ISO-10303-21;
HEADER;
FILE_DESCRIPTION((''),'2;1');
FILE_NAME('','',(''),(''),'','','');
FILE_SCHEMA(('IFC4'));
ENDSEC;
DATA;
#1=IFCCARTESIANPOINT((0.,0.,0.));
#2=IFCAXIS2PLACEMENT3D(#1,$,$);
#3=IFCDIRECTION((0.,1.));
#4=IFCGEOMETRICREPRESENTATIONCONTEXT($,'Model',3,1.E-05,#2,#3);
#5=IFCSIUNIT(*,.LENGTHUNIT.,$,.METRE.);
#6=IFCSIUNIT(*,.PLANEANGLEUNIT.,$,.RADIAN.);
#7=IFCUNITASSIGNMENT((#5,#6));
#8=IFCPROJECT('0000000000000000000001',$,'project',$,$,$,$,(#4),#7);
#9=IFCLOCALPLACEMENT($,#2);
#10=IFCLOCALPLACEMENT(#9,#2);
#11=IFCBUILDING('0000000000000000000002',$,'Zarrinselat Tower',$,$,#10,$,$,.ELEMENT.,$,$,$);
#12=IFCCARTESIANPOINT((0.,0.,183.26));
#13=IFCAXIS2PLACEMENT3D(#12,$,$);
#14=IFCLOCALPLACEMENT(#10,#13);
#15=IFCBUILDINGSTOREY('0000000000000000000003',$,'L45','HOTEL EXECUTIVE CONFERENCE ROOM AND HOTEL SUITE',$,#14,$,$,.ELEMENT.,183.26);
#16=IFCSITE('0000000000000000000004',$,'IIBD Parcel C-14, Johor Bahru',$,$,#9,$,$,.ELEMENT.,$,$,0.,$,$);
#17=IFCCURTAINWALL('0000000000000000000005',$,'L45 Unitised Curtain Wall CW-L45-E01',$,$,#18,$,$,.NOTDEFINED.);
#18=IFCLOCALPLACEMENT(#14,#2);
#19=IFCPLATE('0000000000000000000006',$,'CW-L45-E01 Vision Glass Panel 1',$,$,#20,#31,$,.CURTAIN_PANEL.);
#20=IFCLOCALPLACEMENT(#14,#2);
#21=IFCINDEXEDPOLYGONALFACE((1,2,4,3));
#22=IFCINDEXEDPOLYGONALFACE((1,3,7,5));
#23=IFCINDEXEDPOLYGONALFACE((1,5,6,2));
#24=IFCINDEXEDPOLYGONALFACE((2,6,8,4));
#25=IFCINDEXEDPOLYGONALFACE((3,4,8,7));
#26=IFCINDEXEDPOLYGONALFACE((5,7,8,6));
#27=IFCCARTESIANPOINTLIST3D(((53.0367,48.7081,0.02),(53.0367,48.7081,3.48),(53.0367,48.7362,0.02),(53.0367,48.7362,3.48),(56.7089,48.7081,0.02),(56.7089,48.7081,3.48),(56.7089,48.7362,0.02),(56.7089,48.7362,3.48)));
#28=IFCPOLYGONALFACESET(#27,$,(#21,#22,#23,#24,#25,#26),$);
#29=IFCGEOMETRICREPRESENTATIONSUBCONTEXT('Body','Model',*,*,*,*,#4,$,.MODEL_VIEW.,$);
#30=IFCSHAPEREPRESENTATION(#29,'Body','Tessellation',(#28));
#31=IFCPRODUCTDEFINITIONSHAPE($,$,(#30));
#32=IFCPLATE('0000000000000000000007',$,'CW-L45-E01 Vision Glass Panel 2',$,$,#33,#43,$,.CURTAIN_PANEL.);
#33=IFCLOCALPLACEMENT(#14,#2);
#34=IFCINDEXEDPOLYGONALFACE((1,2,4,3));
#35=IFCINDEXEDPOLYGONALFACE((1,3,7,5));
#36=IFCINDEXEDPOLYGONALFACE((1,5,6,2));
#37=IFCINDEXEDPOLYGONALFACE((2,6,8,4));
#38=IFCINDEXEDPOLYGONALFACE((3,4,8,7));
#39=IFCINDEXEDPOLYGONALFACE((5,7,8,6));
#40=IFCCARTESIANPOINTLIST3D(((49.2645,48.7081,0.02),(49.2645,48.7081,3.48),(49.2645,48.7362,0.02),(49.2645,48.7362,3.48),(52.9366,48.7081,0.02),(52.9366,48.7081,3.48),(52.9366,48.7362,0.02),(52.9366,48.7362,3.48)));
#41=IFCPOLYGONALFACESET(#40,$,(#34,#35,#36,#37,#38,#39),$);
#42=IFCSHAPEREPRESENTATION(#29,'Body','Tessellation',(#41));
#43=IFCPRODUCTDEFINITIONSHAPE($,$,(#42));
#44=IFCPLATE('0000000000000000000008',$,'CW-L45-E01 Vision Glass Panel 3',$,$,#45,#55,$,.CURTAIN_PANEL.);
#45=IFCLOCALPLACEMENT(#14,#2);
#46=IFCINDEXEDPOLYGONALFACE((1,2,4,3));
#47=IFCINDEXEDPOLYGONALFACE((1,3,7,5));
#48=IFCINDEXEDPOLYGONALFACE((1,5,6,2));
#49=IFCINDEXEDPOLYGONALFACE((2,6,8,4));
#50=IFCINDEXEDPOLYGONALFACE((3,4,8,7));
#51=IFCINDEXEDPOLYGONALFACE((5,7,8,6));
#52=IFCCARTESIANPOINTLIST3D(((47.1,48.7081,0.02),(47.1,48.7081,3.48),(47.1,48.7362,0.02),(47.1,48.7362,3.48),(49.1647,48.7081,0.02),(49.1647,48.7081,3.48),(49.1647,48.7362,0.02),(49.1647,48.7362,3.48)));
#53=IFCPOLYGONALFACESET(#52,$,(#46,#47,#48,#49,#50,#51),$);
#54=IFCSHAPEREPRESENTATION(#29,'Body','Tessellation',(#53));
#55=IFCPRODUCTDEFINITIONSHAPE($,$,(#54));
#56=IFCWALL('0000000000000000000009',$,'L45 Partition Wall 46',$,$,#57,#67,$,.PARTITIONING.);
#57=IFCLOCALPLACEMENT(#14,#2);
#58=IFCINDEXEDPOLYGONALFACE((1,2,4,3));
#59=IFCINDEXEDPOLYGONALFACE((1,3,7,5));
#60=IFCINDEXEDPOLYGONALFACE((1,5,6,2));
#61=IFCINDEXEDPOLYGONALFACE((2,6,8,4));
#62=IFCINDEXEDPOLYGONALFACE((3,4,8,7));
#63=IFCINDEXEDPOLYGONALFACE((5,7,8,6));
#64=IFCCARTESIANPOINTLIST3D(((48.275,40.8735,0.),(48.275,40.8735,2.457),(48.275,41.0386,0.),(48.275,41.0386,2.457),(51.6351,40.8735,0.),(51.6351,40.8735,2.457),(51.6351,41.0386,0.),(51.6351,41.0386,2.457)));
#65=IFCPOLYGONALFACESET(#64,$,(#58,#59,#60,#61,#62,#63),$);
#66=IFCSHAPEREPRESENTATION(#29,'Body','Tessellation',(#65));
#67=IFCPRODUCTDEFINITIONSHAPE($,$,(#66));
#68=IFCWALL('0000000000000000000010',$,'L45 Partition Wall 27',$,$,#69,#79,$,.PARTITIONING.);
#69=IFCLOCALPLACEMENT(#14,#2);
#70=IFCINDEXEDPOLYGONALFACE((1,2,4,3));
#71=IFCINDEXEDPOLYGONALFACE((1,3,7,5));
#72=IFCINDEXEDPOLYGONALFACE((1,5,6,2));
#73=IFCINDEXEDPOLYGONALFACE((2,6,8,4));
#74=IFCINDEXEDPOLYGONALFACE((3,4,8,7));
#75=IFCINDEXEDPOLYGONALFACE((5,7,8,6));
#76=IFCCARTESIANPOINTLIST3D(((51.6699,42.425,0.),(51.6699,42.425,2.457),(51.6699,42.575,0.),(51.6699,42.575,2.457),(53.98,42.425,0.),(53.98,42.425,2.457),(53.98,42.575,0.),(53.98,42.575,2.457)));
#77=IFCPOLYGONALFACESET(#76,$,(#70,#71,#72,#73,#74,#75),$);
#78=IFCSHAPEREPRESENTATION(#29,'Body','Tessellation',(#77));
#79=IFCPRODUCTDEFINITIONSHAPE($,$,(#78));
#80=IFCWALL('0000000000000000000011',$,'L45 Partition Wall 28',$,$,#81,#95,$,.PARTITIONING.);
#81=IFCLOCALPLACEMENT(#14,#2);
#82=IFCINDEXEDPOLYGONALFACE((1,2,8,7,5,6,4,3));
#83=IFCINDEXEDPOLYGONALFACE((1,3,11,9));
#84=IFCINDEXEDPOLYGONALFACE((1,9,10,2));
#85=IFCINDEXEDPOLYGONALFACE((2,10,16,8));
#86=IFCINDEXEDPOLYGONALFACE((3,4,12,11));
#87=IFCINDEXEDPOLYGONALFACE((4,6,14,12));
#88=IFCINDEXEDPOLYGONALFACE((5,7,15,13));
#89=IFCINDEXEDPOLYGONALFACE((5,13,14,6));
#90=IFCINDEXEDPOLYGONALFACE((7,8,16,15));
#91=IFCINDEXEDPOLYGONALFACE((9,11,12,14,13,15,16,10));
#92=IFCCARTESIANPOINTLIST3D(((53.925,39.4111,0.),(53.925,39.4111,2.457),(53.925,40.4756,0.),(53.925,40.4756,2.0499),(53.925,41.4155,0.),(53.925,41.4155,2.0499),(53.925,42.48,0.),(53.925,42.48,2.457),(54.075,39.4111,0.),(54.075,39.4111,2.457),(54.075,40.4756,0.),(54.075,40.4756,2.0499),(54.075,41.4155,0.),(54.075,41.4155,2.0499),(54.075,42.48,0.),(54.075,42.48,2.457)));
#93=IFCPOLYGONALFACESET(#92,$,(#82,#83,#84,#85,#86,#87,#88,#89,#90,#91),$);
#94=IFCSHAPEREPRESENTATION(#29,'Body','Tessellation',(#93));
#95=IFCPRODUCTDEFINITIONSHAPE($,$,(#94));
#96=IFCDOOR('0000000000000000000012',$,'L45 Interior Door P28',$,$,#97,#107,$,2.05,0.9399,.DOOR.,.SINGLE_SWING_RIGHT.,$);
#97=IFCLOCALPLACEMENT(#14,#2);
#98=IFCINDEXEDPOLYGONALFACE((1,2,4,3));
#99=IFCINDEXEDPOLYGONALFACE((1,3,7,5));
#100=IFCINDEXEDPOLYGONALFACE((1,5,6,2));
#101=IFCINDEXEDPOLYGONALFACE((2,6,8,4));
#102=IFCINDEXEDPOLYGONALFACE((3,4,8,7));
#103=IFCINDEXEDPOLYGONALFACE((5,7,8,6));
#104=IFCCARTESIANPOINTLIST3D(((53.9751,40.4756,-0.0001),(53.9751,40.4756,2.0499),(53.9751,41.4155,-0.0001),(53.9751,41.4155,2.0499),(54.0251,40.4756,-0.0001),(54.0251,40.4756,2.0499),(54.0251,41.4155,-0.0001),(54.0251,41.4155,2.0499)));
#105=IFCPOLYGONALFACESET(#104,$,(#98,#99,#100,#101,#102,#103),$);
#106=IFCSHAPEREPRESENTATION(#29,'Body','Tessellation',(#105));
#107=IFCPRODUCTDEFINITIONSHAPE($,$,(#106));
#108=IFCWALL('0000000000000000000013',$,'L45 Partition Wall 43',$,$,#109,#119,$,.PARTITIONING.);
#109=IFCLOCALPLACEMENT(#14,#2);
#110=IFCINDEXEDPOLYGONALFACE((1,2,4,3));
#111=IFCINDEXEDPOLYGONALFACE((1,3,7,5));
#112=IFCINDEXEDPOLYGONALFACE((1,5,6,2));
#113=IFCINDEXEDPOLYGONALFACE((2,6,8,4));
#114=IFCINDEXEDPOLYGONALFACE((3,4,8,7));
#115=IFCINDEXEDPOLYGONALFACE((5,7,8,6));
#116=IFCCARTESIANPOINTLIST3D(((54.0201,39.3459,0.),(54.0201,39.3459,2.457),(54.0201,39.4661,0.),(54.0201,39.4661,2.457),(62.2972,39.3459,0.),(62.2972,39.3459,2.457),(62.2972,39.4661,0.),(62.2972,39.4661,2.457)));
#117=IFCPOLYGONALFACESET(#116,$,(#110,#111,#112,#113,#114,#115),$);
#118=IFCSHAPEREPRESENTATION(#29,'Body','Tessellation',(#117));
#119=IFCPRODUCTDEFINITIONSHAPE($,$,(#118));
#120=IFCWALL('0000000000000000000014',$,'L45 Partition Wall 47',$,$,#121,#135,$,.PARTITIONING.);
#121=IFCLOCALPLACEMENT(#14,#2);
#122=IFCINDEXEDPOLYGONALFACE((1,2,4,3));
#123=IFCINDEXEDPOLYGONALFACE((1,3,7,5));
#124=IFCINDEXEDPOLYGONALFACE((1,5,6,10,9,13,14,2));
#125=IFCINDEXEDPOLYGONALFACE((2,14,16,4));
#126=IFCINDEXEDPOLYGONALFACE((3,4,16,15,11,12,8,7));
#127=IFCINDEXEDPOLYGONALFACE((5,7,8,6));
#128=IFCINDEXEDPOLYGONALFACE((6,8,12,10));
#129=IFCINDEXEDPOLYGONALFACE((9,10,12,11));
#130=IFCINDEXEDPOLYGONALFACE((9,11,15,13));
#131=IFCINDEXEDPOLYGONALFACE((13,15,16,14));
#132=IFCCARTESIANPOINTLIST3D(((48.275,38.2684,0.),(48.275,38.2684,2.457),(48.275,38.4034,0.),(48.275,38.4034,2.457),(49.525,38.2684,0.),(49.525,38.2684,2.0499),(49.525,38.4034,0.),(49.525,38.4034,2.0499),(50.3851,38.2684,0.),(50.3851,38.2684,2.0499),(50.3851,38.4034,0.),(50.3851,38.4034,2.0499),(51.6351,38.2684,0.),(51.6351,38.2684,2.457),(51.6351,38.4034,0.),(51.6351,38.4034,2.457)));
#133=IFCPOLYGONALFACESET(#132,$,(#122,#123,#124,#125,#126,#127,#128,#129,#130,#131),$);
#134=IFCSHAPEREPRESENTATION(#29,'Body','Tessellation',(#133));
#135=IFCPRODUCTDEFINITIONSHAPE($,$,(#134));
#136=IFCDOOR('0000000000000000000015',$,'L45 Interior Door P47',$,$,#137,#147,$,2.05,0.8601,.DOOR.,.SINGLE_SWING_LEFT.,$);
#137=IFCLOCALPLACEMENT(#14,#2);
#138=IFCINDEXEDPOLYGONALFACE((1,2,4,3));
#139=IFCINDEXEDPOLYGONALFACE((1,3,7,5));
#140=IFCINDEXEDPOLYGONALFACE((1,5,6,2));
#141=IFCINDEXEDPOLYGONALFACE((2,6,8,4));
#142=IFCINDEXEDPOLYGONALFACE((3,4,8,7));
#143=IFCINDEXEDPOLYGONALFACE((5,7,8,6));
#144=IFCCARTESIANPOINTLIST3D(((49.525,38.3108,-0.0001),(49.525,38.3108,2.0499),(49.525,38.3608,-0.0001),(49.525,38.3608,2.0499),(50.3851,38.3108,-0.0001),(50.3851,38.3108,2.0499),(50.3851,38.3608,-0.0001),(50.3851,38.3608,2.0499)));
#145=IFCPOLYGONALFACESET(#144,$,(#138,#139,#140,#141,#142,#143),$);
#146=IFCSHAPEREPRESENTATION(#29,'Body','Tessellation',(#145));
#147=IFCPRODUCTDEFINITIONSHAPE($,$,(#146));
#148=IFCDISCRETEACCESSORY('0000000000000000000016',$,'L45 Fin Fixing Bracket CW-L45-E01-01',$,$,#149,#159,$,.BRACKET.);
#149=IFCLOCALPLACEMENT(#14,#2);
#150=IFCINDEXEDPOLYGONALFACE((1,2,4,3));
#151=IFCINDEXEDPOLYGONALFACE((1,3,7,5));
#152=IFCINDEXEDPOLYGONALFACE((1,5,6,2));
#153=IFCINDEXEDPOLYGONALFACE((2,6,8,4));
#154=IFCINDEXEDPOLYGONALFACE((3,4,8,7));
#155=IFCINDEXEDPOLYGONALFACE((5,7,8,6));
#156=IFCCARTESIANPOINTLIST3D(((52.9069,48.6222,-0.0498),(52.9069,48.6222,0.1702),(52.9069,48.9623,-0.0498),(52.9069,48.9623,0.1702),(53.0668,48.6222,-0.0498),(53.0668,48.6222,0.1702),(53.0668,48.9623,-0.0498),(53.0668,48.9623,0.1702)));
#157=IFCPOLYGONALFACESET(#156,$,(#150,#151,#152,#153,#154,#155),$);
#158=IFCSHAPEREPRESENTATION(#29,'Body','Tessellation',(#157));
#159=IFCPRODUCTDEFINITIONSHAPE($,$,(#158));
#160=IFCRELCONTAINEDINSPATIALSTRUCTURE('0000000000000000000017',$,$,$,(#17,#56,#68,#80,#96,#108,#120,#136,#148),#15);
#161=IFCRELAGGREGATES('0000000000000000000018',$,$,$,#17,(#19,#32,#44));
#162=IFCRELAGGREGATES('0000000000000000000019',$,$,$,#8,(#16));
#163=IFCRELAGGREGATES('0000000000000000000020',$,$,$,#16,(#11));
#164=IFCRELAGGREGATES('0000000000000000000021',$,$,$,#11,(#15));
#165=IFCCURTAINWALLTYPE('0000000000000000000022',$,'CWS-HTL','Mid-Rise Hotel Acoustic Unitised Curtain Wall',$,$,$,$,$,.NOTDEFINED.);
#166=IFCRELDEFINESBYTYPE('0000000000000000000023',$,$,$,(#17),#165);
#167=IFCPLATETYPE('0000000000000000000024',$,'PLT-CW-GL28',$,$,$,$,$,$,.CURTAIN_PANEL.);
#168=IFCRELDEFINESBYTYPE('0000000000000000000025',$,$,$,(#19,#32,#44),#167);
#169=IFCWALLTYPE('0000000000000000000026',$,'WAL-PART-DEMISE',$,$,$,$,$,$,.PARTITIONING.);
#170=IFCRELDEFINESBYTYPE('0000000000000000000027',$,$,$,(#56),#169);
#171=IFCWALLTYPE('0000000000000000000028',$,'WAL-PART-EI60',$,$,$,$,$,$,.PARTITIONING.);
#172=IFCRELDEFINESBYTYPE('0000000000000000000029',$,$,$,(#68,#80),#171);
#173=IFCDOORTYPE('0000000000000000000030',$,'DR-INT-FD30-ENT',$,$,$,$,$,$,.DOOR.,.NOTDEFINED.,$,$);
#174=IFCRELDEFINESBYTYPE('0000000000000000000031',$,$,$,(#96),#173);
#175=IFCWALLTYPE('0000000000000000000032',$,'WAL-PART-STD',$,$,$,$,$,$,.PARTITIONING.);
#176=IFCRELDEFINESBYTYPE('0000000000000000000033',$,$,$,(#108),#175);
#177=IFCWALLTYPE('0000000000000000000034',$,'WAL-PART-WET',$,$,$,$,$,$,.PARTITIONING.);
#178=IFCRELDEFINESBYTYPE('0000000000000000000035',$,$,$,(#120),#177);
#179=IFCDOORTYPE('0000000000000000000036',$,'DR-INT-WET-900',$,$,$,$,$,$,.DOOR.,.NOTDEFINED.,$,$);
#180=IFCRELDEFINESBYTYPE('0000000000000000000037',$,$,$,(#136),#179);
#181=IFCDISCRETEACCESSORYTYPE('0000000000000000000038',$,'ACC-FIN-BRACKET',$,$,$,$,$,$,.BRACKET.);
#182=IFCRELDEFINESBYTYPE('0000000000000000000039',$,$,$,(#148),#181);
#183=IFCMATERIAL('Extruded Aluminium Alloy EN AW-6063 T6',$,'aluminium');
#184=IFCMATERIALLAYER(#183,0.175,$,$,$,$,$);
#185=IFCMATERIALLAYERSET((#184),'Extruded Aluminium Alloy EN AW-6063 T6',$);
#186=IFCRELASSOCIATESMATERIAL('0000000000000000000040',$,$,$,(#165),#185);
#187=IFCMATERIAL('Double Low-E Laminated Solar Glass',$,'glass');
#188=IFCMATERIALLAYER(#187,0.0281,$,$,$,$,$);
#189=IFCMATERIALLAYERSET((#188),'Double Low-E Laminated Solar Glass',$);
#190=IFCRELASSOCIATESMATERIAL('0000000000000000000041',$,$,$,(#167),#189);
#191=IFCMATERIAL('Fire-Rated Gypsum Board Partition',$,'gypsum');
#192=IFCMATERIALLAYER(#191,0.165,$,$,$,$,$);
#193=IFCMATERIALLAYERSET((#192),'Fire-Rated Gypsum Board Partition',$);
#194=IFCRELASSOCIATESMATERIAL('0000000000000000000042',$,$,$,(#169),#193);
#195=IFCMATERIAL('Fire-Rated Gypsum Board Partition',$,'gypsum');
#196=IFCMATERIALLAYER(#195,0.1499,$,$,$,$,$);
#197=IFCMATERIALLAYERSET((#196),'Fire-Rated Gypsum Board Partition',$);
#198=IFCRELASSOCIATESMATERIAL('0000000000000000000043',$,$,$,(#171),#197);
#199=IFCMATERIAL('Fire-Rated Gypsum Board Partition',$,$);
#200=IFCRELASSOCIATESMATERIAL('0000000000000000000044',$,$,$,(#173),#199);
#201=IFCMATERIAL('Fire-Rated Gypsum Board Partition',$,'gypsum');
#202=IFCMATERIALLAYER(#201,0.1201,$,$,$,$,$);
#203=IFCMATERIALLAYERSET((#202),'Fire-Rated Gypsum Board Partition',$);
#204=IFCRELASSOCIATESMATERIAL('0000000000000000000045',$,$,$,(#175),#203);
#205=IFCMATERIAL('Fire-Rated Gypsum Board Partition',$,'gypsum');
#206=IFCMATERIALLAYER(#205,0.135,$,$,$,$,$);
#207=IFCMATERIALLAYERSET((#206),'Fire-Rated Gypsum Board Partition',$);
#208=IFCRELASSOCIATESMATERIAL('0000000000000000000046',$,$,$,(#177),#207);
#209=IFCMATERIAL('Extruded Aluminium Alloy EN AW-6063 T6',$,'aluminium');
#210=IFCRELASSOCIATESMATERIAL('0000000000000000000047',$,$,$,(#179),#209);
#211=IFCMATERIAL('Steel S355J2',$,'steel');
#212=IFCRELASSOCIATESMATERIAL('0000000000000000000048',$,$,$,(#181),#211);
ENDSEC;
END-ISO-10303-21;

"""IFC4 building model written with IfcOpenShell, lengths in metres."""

from ifc_helpers import new_model, si_unit, direction, frame, frame_2d, origin, origin_2d, place, context, subcontext, project, spatial, rectangle, extrude, material, layer, layer_set, type_object, element, fill, aggregate, save


model = new_model("IFC4")

# Units and contexts
model_context = context("Model", 3, precision=1e-05, world=origin(), true_north=direction((0.0, 1.0)))
body_context = subcontext(model_context, "Body", "Model", "MODEL_VIEW")
ifc_project = project(units=[si_unit("LENGTHUNIT", "METRE"), si_unit("PLANEANGLEUNIT", "RADIAN")], contexts=[model_context])

# Site, building, storey
site_placement = place(None, origin())
site = spatial("IfcSite", under=ifc_project, at=site_placement, Name="IIBD Parcel C-14, Johor Bahru", CompositionType="ELEMENT", RefElevation=0.0)
building_placement = place(site_placement, origin())
building = spatial("IfcBuilding", under=site, at=building_placement, Name="Zarrinselat Tower", CompositionType="ELEMENT")
storey_placement = place(building_placement, frame((0.0, 0.0, 183.26)))
storey = spatial("IfcBuildingStorey", under=building, at=storey_placement, Name="L45", Description="HOTEL EXECUTIVE CONFERENCE ROOM AND HOTEL SUITE", CompositionType="ELEMENT", Elevation=183.26)

# Curtain wall, plates
ifc_material_1 = material(Name="Extruded Aluminium Alloy EN AW-6063 T6", Category="aluminium")
ifc_layer_1 = layer(ifc_material_1, 0.175)
ifc_layer_set_1 = layer_set([ifc_layer_1], Name="Extruded Aluminium Alloy EN AW-6063 T6")
curtain_wall_type = type_object("IfcCurtainWallType", Name="CWS-HTL", Description="Mid-Rise Hotel Acoustic Unitised Curtain Wall", PredefinedType="NOTDEFINED", material=ifc_layer_set_1)
curtain_wall_placement = place(storey_placement, origin())
curtain_wall = element("IfcCurtainWall", 1, at=curtain_wall_placement, inside=storey, type_object=curtain_wall_type, Name="L45 Unitised Curtain Wall CW-L45-E01", PredefinedType="NOTDEFINED")
ifc_material_2 = material(Name="Double Low-E Laminated Solar Glass", Category="glass")
ifc_layer_2 = layer(ifc_material_2, 0.0281)
ifc_layer_set_2 = layer_set([ifc_layer_2], Name="Double Low-E Laminated Solar Glass")
plate_type = type_object("IfcPlateType", Name="PLT-CW-GL28", PredefinedType="CURTAIN_PANEL", material=ifc_layer_set_2)
plate_1_placement = place(storey_placement, frame((54.8728, 48.7222, 0.02), z_axis=(0.0, 0.0, 1.0), x_axis=(-1.0, 0.0, 0.0)))
plate_1 = element("IfcPlate", 2, at=plate_1_placement, type_object=plate_type, Name="CW-L45-E01 Vision Glass Panel 1", PredefinedType="CURTAIN_PANEL", context=body_context, shape_type="SweptSolid", body=[
    extrude(rectangle(XDim=3.6721, YDim=0.0281, at=origin_2d()), origin(), (0.0, 0.0, 1.0), 3.46),
])
plate_2_placement = place(storey_placement, frame((51.1006, 48.7222, 0.02), z_axis=(0.0, 0.0, 1.0), x_axis=(-1.0, 0.0, 0.0)))
plate_2 = element("IfcPlate", 3, at=plate_2_placement, type_object=plate_type, Name="CW-L45-E01 Vision Glass Panel 2", PredefinedType="CURTAIN_PANEL", context=body_context, shape_type="SweptSolid", body=[
    extrude(rectangle(XDim=3.6721, YDim=0.0281, at=origin_2d()), origin(), (0.0, 0.0, 1.0), 3.46),
])
plate_3_placement = place(storey_placement, frame((48.1323, 48.7222, 0.02), z_axis=(0.0, 0.0, 1.0), x_axis=(-1.0, 0.0, 0.0)))
plate_3 = element("IfcPlate", 4, at=plate_3_placement, type_object=plate_type, Name="CW-L45-E01 Vision Glass Panel 3", PredefinedType="CURTAIN_PANEL", context=body_context, shape_type="SweptSolid", body=[
    extrude(rectangle(XDim=2.0647, YDim=0.0281, at=origin_2d()), origin(), (0.0, 0.0, 1.0), 3.46),
])
aggregate(curtain_wall, [plate_1, plate_2, plate_3])

# Walls
ifc_material_3 = material(Name="Fire-Rated Gypsum Board Partition", Category="gypsum")
ifc_layer_3 = layer(ifc_material_3, 0.165)
ifc_layer_set_3 = layer_set([ifc_layer_3], Name="Fire-Rated Gypsum Board Partition")
wall_type_1 = type_object("IfcWallType", Name="WAL-PART-DEMISE", PredefinedType="PARTITIONING", material=ifc_layer_set_3)
wall_1_placement = place(storey_placement, frame((48.2749, 40.9561, 0.0), z_axis=(0.0, 0.0, 1.0), x_axis=(1.0, 0.0, 0.0)))
element("IfcWall", 5, at=wall_1_placement, inside=storey, type_object=wall_type_1, Name="L45 Partition Wall 46", PredefinedType="PARTITIONING", context=body_context, shape_type="SweptSolid", body=[
    extrude(rectangle(XDim=3.3601, YDim=0.165, at=frame_2d((1.6802, 0.0))), origin(), (0.0, 0.0, 1.0), 2.457),
])
ifc_material_4 = material(Name="Fire-Rated Gypsum Board Partition", Category="gypsum")
ifc_layer_4 = layer(ifc_material_4, 0.1499)
ifc_layer_set_4 = layer_set([ifc_layer_4], Name="Fire-Rated Gypsum Board Partition")
wall_type_2 = type_object("IfcWallType", Name="WAL-PART-EI60", PredefinedType="PARTITIONING", material=ifc_layer_set_4)
wall_2_placement = place(storey_placement, frame((51.6699, 42.5, 0.0), z_axis=(0.0, 0.0, 1.0), x_axis=(1.0, 0.0, 0.0)))
element("IfcWall", 6, at=wall_2_placement, inside=storey, type_object=wall_type_2, Name="L45 Partition Wall 27", PredefinedType="PARTITIONING", context=body_context, shape_type="SweptSolid", body=[
    extrude(rectangle(XDim=2.3101, YDim=0.1499, at=frame_2d((1.155, 0.0))), origin(), (0.0, 0.0, 1.0), 2.457),
])

# Wall, opening, door
wall_3_placement = place(storey_placement, frame((54.0, 39.4111, 0.0), z_axis=(0.0, 0.0, 1.0), x_axis=(0.0, 1.0, 0.0)))
wall_3 = element("IfcWall", 7, at=wall_3_placement, inside=storey, type_object=wall_type_2, Name="L45 Partition Wall 28", PredefinedType="PARTITIONING", context=body_context, shape_type="SweptSolid", body=[
    extrude(rectangle(XDim=3.0688, YDim=0.1499, at=frame_2d((1.5344, 0.0))), origin(), (0.0, 0.0, 1.0), 2.457),
])
opening_1_placement = place(wall_3_placement, frame((1.0645, 0.0, 0.0)))
opening_1 = element("IfcOpeningElement", 8, at=opening_1_placement, cuts=wall_3, PredefinedType="OPENING", context=body_context, shape_type="SweptSolid", body=[
    extrude(rectangle(XDim=0.9399, YDim=2.05, at=frame_2d((0.47, 1.0249))), frame((0.0, 0.085, 0.0), z_axis=(0.0, -1.0, 0.0), x_axis=(1.0, 0.0, 0.0)), (0.0, 0.0, 1.0), 0.1699),
])
ifc_material_5 = material(Name="Fire-Rated Gypsum Board Partition")
door_type_1 = type_object("IfcDoorType", Name="DR-INT-FD30-ENT", OperationType="NOTDEFINED", PredefinedType="DOOR", material=ifc_material_5)
door_1_placement = place(opening_1_placement, origin())
door_1 = element("IfcDoor", 9, at=door_1_placement, inside=storey, type_object=door_type_1, Name="L45 Interior Door P28", OperationType="SINGLE_SWING_RIGHT", OverallHeight=2.05, OverallWidth=0.9399, PredefinedType="DOOR", context=body_context, shape_type="SweptSolid", body=[
    extrude(rectangle(XDim=0.9399, YDim=2.05, at=frame_2d((0.47, 1.0249))), frame((0.0, 0.0249, 0.0), z_axis=(0.0, -1.0, 0.0), x_axis=(1.0, 0.0, 0.0)), (0.0, 0.0, 1.0), 0.05),
])
fill(opening_1, door_1)

# Wall
ifc_material_6 = material(Name="Fire-Rated Gypsum Board Partition", Category="gypsum")
ifc_layer_5 = layer(ifc_material_6, 0.1201)
ifc_layer_set_5 = layer_set([ifc_layer_5], Name="Fire-Rated Gypsum Board Partition")
wall_type_3 = type_object("IfcWallType", Name="WAL-PART-STD", PredefinedType="PARTITIONING", material=ifc_layer_set_5)
wall_4_placement = place(storey_placement, frame((54.02, 39.406, 0.0), z_axis=(0.0, 0.0, 1.0), x_axis=(1.0, 0.0, 0.0)))
element("IfcWall", 10, at=wall_4_placement, inside=storey, type_object=wall_type_3, Name="L45 Partition Wall 43", PredefinedType="PARTITIONING", context=body_context, shape_type="SweptSolid", body=[
    extrude(rectangle(XDim=8.2771, YDim=0.1201, at=frame_2d((4.1387, 0.0))), origin(), (0.0, 0.0, 1.0), 2.457),
])

# Wall, opening, door
ifc_material_7 = material(Name="Fire-Rated Gypsum Board Partition", Category="gypsum")
ifc_layer_6 = layer(ifc_material_7, 0.135)
ifc_layer_set_6 = layer_set([ifc_layer_6], Name="Fire-Rated Gypsum Board Partition")
wall_type_4 = type_object("IfcWallType", Name="WAL-PART-WET", PredefinedType="PARTITIONING", material=ifc_layer_set_6)
wall_5_placement = place(storey_placement, frame((48.2749, 38.3359, 0.0), z_axis=(0.0, 0.0, 1.0), x_axis=(1.0, 0.0, 0.0)))
wall_5 = element("IfcWall", 11, at=wall_5_placement, inside=storey, type_object=wall_type_4, Name="L45 Partition Wall 47", PredefinedType="PARTITIONING", context=body_context, shape_type="SweptSolid", body=[
    extrude(rectangle(XDim=3.3601, YDim=0.135, at=frame_2d((1.6802, 0.0))), origin(), (0.0, 0.0, 1.0), 2.457),
])
opening_2_placement = place(wall_5_placement, frame((1.25, 0.0, 0.0)))
opening_2 = element("IfcOpeningElement", 12, at=opening_2_placement, cuts=wall_5, PredefinedType="OPENING", context=body_context, shape_type="SweptSolid", body=[
    extrude(rectangle(XDim=0.8601, YDim=2.05, at=frame_2d((0.4302, 1.0249))), frame((0.0, 0.0774, 0.0), z_axis=(0.0, -1.0, 0.0), x_axis=(1.0, 0.0, 0.0)), (0.0, 0.0, 1.0), 0.155),
])
ifc_material_8 = material(Name="Extruded Aluminium Alloy EN AW-6063 T6", Category="aluminium")
door_type_2 = type_object("IfcDoorType", Name="DR-INT-WET-900", OperationType="NOTDEFINED", PredefinedType="DOOR", material=ifc_material_8)
door_2_placement = place(opening_2_placement, origin())
door_2 = element("IfcDoor", 13, at=door_2_placement, inside=storey, type_object=door_type_2, Name="L45 Interior Door P47", OperationType="SINGLE_SWING_LEFT", OverallHeight=2.05, OverallWidth=0.8601, PredefinedType="DOOR", context=body_context, shape_type="SweptSolid", body=[
    extrude(rectangle(XDim=0.8601, YDim=2.05, at=frame_2d((0.4302, 1.0249))), frame((0.0, 0.0249, 0.0), z_axis=(0.0, -1.0, 0.0), x_axis=(1.0, 0.0, 0.0)), (0.0, 0.0, 1.0), 0.05),
])
fill(opening_2, door_2)

# Discrete accessory
ifc_material_9 = material(Name="Steel S355J2", Category="steel")
discrete_accessory_type = type_object("IfcDiscreteAccessoryType", Name="ACC-FIN-BRACKET", PredefinedType="BRACKET", material=ifc_material_9)
discrete_accessory_placement = place(storey_placement, frame((52.9868, 48.7922, -0.0498), z_axis=(0.0, 0.0, 1.0), x_axis=(0.0, 1.0, 0.0)))
element("IfcDiscreteAccessory", 14, at=discrete_accessory_placement, inside=storey, type_object=discrete_accessory_type, Name="L45 Fin Fixing Bracket CW-L45-E01-01", PredefinedType="BRACKET", context=body_context, shape_type="SweptSolid", body=[
    extrude(rectangle(XDim=0.3401, YDim=0.1599, at=origin_2d()), origin(), (0.0, 0.0, 1.0), 0.22),
])

save(model, "model.ifc")
